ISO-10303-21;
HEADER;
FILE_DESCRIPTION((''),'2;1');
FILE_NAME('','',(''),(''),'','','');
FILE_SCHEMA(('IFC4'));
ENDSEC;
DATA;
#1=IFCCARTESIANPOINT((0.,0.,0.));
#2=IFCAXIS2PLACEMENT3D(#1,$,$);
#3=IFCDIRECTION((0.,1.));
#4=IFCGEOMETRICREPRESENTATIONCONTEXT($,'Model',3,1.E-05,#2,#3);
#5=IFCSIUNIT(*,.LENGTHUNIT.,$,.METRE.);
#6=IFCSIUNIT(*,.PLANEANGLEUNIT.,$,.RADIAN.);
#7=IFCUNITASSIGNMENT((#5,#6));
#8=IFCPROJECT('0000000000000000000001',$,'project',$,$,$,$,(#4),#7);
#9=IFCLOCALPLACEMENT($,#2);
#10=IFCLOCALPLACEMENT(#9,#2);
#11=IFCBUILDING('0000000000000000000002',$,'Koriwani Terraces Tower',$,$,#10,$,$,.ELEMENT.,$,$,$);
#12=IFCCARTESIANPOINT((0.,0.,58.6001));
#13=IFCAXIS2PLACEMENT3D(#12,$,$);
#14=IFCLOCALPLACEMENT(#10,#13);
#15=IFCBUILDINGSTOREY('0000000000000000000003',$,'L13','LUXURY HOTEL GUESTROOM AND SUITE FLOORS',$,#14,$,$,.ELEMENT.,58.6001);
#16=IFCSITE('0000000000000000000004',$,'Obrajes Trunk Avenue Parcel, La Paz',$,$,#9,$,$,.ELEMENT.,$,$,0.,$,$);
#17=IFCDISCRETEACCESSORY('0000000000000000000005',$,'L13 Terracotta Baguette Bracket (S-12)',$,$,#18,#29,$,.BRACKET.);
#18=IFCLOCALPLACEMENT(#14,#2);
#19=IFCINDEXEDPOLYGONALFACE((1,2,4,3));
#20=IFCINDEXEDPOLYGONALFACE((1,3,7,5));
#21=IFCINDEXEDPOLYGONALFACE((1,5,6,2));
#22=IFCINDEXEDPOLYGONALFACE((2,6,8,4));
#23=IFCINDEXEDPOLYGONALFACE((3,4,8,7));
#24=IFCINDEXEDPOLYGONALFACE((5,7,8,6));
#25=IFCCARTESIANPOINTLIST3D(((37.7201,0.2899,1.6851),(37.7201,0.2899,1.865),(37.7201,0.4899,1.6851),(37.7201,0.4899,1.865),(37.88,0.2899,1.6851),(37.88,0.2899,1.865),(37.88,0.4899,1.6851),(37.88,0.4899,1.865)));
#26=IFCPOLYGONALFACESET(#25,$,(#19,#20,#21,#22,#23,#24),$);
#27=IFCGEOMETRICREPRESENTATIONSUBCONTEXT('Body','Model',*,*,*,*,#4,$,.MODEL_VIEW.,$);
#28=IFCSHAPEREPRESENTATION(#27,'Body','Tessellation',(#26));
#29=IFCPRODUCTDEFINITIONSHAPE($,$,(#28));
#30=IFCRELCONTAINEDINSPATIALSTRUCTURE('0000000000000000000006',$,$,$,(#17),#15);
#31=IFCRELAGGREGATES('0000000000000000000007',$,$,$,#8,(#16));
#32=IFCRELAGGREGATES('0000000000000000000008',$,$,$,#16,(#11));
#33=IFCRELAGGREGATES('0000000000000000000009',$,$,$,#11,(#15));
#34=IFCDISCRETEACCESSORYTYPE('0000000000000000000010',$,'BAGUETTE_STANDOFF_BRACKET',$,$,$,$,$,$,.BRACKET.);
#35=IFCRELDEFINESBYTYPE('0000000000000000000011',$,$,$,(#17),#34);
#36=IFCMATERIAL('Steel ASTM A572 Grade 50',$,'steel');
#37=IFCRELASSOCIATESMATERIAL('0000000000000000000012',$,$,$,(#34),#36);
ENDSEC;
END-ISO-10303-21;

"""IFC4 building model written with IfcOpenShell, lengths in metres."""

from ifc_helpers import new_model, si_unit, direction, frame, origin, origin_2d, place, context, subcontext, project, spatial, rectangle, extrude, material, type_object, element, save


model = new_model("IFC4")

# Units and contexts
model_context = context("Model", 3, precision=1e-05, world=origin(), true_north=direction((0.0, 1.0)))
body_context = subcontext(model_context, "Body", "Model", "MODEL_VIEW")
ifc_project = project(units=[si_unit("LENGTHUNIT", "METRE"), si_unit("PLANEANGLEUNIT", "RADIAN")], contexts=[model_context])

# Site, building, storey
site_placement = place(None, origin())
site = spatial("IfcSite", under=ifc_project, at=site_placement, Name="Obrajes Trunk Avenue Parcel, La Paz", CompositionType="ELEMENT", RefElevation=0.0)
building_placement = place(site_placement, origin())
building = spatial("IfcBuilding", under=site, at=building_placement, Name="Koriwani Terraces Tower", CompositionType="ELEMENT")
storey_placement = place(building_placement, frame((0.0, 0.0, 58.6001)))
storey = spatial("IfcBuildingStorey", under=building, at=storey_placement, Name="L13", Description="LUXURY HOTEL GUESTROOM AND SUITE FLOORS", CompositionType="ELEMENT", Elevation=58.6001)

# Shared definitions
ifc_material_1 = material(Name="Steel ASTM A572 Grade 50", Category="steel")

# Discrete accessory
discrete_accessory_type = type_object("IfcDiscreteAccessoryType", Name="BAGUETTE_STANDOFF_BRACKET", PredefinedType="BRACKET", material=ifc_material_1)
discrete_accessory_placement = place(storey_placement, frame((37.8, 0.3899, 1.6851), z_axis=(0.0, 0.0, 1.0), x_axis=(-1.0, 0.0, 0.0)))
element("IfcDiscreteAccessory", 1, at=discrete_accessory_placement, inside=storey, type_object=discrete_accessory_type, Name="L13 Terracotta Baguette Bracket (S-12)", PredefinedType="BRACKET", context=body_context, shape_type="SweptSolid", body=[
    extrude(rectangle(XDim=0.1599, YDim=0.2, at=origin_2d()), origin(), (0.0, 0.0, 1.0), 0.1799),
])

save(model, "model.ifc")
